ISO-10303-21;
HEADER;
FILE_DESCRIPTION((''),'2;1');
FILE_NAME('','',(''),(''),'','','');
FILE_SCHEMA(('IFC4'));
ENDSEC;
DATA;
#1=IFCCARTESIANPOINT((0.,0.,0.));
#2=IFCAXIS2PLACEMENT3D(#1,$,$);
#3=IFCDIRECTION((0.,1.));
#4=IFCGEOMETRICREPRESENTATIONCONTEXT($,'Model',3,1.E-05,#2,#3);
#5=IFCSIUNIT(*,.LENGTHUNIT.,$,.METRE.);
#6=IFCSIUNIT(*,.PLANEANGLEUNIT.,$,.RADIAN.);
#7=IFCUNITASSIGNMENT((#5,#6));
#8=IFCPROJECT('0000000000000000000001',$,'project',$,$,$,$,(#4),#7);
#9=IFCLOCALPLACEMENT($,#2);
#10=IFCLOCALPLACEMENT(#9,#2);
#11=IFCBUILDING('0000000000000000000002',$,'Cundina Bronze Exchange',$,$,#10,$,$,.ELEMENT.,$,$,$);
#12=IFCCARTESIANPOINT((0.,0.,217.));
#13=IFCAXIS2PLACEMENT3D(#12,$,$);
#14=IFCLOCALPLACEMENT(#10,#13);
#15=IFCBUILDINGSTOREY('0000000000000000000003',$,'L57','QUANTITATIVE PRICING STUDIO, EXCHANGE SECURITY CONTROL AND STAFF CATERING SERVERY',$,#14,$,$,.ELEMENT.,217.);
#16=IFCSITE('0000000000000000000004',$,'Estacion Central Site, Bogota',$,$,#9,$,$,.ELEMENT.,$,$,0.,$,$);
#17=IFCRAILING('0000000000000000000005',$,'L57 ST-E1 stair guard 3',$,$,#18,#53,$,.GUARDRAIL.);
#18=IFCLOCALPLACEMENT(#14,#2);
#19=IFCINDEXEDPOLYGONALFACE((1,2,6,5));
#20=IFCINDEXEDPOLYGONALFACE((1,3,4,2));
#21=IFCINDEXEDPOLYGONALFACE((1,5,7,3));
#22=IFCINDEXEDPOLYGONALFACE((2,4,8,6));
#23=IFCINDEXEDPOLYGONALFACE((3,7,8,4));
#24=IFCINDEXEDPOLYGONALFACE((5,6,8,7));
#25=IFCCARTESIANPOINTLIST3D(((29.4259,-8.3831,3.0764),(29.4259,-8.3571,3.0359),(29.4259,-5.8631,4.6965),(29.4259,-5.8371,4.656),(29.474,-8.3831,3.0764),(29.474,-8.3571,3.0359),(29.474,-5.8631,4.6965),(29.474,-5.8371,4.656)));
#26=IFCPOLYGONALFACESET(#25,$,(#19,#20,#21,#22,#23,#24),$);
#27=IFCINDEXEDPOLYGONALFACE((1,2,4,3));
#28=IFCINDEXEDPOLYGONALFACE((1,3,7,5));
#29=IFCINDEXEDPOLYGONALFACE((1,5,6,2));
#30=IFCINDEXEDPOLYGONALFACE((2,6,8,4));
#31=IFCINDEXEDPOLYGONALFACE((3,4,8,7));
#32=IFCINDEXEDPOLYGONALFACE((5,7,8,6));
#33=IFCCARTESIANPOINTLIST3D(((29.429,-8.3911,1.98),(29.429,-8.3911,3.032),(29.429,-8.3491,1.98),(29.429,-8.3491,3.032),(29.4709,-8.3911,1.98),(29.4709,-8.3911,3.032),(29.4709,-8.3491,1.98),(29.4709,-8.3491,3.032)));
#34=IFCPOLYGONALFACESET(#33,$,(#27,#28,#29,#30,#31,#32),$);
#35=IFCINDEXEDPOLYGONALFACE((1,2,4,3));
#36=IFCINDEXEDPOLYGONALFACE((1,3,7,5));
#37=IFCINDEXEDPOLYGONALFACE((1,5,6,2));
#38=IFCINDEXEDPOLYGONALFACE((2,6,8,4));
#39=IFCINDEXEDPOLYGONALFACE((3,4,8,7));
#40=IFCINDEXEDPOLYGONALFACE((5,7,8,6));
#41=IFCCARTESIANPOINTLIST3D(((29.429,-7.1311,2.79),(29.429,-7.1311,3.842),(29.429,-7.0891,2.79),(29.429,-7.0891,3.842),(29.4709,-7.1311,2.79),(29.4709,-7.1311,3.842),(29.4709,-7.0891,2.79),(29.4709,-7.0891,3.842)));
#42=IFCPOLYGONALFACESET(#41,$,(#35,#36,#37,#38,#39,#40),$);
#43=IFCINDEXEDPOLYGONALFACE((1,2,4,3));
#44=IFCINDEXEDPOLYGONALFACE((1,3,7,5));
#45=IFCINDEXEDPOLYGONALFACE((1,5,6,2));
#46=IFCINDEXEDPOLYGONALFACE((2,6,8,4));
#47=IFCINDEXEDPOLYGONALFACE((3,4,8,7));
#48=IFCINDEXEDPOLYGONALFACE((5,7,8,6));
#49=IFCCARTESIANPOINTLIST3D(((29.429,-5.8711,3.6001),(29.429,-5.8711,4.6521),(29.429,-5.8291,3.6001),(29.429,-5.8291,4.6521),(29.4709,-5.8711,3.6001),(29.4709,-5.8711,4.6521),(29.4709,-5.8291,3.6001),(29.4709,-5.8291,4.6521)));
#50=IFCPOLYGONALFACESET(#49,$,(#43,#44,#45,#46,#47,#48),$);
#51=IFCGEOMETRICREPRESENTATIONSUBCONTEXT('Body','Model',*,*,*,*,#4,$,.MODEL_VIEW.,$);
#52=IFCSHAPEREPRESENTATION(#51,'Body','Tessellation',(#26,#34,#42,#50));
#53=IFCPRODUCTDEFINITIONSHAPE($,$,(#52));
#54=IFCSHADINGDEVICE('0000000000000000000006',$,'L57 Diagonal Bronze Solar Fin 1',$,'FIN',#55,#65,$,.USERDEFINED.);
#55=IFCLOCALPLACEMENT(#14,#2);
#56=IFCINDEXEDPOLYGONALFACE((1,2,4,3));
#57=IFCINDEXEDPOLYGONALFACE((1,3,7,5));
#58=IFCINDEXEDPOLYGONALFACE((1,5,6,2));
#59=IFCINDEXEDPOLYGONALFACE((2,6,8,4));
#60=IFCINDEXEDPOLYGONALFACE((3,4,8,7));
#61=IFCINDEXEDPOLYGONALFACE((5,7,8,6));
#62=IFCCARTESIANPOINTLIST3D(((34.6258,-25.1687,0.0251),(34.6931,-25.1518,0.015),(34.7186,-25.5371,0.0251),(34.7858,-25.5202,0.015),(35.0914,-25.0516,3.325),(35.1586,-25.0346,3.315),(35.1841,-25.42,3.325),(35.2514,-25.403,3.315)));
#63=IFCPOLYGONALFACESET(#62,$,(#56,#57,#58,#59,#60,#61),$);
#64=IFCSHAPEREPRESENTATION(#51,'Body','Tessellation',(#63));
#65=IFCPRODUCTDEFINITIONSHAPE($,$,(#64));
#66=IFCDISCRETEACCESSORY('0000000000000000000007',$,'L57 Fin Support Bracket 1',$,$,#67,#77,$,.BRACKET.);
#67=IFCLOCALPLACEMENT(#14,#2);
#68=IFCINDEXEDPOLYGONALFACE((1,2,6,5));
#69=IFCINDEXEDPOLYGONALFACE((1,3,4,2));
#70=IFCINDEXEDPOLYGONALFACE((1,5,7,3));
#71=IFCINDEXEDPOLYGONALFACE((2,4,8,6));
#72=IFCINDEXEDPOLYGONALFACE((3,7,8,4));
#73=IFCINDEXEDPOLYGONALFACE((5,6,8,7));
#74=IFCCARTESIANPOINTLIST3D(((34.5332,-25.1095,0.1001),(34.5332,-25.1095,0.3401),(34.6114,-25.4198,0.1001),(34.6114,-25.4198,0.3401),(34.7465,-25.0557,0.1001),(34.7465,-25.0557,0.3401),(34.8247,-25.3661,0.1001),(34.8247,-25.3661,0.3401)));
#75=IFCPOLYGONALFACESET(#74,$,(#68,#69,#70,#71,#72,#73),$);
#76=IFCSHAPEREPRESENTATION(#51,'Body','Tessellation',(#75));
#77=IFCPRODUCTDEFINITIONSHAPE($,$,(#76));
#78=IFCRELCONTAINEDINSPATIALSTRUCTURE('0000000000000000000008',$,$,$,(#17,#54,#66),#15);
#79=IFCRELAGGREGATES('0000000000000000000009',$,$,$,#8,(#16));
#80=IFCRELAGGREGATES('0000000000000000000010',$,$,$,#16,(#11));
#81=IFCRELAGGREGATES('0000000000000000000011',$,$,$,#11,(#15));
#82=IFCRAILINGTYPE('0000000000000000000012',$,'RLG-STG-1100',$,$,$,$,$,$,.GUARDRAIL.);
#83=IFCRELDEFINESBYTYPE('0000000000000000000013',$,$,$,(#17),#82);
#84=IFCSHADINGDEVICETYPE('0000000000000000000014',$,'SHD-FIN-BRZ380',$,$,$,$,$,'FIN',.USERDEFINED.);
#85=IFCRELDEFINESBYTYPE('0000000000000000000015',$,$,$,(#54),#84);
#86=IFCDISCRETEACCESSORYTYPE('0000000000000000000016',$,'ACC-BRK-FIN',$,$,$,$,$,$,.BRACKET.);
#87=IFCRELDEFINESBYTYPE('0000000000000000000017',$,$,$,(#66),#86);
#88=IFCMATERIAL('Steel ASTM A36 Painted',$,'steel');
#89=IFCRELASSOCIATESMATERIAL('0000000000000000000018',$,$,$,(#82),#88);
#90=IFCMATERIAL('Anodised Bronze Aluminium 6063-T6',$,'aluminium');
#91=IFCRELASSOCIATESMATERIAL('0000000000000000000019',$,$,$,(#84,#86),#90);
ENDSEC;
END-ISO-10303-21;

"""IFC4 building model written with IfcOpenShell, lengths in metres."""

from ifc_helpers import new_model, si_unit, direction, frame, origin, origin_2d, place, context, subcontext, project, spatial, rectangle, extrude, material, material_profile, profile_set, type_object, element, save


model = new_model("IFC4")

# Units and contexts
model_context = context("Model", 3, precision=1e-05, world=origin(), true_north=direction((0.0, 1.0)))
body_context = subcontext(model_context, "Body", "Model", "MODEL_VIEW")
ifc_project = project(units=[si_unit("LENGTHUNIT", "METRE"), si_unit("PLANEANGLEUNIT", "RADIAN")], contexts=[model_context])

# Site, building, storey
site_placement = place(None, origin())
site = spatial("IfcSite", under=ifc_project, at=site_placement, Name="Estacion Central Site, Bogota", CompositionType="ELEMENT", RefElevation=0.0)
building_placement = place(site_placement, origin())
building = spatial("IfcBuilding", under=site, at=building_placement, Name="Cundina Bronze Exchange", CompositionType="ELEMENT")
storey_placement = place(building_placement, frame((0.0, 0.0, 217.0)))
storey = spatial("IfcBuildingStorey", under=building, at=storey_placement, Name="L57", Description="QUANTITATIVE PRICING STUDIO, EXCHANGE SECURITY CONTROL AND STAFF CATERING SERVERY", CompositionType="ELEMENT", Elevation=217.0)

# Shared definitions
ifc_material_1 = material(Name="Anodised Bronze Aluminium 6063-T6", Category="aluminium")

# Railing
ifc_material_2 = material(Name="Steel ASTM A36 Painted", Category="steel")
railing_type_1 = type_object("IfcRailingType", Name="RLG-STG-1100", PredefinedType="GUARDRAIL", material=ifc_material_2)
railing_1_placement = place(storey_placement, frame((29.45, -8.3701, 1.98)))
element("IfcRailing", 1, at=railing_1_placement, inside=storey, type_object=railing_type_1, Name="L57 ST-E1 stair guard 3", PredefinedType="GUARDRAIL", context=body_context, shape_type="SweptSolid", body=[
    extrude(rectangle(XDim=0.0481, YDim=0.0481, at=origin_2d()), frame((0.0, 0.0, 1.0762), z_axis=(0.0, 0.841163, 0.540782), x_axis=(-1.0, 0.0, 0.0)), (0.0, 0.0, 1.0), 2.9958),
    extrude(rectangle(XDim=0.042, YDim=0.042, at=origin_2d()), origin(), (0.0, 0.0, 1.0), 1.052),
    extrude(rectangle(XDim=0.042, YDim=0.042, at=origin_2d()), frame((0.0, 1.26, 0.8101)), (0.0, 0.0, 1.0), 1.052),
    extrude(rectangle(XDim=0.042, YDim=0.042, at=origin_2d()), frame((0.0, 2.52, 1.6201)), (0.0, 0.0, 1.0), 1.052),
])

# Shading device
ifc_material_profile_1 = material_profile(ifc_material_1, rectangle(XDim=0.0701, YDim=0.3799, at=origin_2d()), Name="FIN70X380", Category="aluminium")
ifc_profile_set_1 = profile_set([ifc_material_profile_1], Name="Anodised Bronze Aluminium 6063-T6")
shading_device_type = type_object("IfcShadingDeviceType", Name="SHD-FIN-BRZ380", ElementType="FIN", PredefinedType="USERDEFINED", material=ifc_profile_set_1)
shading_device_placement = place(storey_placement, frame((34.7058, -25.3445, 0.02), z_axis=(0.139612, 0.035141, 0.989583), x_axis=(-0.95965, -0.241548, 0.143967)))
element("IfcShadingDevice", 2, at=shading_device_placement, inside=storey, type_object=shading_device_type, Name="L57 Diagonal Bronze Solar Fin 1", ObjectType="FIN", PredefinedType="USERDEFINED", context=body_context, shape_type="SweptSolid", body=[
    extrude(rectangle(XDim=0.0701, YDim=0.3799, at=origin_2d()), origin(), (0.0, 0.0, 1.0), 3.3347),
])

# Discrete accessory
discrete_accessory_type = type_object("IfcDiscreteAccessoryType", Name="ACC-BRK-FIN", PredefinedType="BRACKET", material=ifc_material_1)
discrete_accessory_placement = place(storey_placement, frame((34.679, -25.2378, 0.1001), z_axis=(0.0, 0.0, 1.0), x_axis=(0.969732, 0.244174, 0.0)))
element("IfcDiscreteAccessory", 3, at=discrete_accessory_placement, inside=storey, type_object=discrete_accessory_type, Name="L57 Fin Support Bracket 1", PredefinedType="BRACKET", context=body_context, shape_type="SweptSolid", body=[
    extrude(rectangle(XDim=0.22, YDim=0.3201, at=origin_2d()), origin(), (0.0, 0.0, 1.0), 0.24),
])

save(model, "model.ifc")
